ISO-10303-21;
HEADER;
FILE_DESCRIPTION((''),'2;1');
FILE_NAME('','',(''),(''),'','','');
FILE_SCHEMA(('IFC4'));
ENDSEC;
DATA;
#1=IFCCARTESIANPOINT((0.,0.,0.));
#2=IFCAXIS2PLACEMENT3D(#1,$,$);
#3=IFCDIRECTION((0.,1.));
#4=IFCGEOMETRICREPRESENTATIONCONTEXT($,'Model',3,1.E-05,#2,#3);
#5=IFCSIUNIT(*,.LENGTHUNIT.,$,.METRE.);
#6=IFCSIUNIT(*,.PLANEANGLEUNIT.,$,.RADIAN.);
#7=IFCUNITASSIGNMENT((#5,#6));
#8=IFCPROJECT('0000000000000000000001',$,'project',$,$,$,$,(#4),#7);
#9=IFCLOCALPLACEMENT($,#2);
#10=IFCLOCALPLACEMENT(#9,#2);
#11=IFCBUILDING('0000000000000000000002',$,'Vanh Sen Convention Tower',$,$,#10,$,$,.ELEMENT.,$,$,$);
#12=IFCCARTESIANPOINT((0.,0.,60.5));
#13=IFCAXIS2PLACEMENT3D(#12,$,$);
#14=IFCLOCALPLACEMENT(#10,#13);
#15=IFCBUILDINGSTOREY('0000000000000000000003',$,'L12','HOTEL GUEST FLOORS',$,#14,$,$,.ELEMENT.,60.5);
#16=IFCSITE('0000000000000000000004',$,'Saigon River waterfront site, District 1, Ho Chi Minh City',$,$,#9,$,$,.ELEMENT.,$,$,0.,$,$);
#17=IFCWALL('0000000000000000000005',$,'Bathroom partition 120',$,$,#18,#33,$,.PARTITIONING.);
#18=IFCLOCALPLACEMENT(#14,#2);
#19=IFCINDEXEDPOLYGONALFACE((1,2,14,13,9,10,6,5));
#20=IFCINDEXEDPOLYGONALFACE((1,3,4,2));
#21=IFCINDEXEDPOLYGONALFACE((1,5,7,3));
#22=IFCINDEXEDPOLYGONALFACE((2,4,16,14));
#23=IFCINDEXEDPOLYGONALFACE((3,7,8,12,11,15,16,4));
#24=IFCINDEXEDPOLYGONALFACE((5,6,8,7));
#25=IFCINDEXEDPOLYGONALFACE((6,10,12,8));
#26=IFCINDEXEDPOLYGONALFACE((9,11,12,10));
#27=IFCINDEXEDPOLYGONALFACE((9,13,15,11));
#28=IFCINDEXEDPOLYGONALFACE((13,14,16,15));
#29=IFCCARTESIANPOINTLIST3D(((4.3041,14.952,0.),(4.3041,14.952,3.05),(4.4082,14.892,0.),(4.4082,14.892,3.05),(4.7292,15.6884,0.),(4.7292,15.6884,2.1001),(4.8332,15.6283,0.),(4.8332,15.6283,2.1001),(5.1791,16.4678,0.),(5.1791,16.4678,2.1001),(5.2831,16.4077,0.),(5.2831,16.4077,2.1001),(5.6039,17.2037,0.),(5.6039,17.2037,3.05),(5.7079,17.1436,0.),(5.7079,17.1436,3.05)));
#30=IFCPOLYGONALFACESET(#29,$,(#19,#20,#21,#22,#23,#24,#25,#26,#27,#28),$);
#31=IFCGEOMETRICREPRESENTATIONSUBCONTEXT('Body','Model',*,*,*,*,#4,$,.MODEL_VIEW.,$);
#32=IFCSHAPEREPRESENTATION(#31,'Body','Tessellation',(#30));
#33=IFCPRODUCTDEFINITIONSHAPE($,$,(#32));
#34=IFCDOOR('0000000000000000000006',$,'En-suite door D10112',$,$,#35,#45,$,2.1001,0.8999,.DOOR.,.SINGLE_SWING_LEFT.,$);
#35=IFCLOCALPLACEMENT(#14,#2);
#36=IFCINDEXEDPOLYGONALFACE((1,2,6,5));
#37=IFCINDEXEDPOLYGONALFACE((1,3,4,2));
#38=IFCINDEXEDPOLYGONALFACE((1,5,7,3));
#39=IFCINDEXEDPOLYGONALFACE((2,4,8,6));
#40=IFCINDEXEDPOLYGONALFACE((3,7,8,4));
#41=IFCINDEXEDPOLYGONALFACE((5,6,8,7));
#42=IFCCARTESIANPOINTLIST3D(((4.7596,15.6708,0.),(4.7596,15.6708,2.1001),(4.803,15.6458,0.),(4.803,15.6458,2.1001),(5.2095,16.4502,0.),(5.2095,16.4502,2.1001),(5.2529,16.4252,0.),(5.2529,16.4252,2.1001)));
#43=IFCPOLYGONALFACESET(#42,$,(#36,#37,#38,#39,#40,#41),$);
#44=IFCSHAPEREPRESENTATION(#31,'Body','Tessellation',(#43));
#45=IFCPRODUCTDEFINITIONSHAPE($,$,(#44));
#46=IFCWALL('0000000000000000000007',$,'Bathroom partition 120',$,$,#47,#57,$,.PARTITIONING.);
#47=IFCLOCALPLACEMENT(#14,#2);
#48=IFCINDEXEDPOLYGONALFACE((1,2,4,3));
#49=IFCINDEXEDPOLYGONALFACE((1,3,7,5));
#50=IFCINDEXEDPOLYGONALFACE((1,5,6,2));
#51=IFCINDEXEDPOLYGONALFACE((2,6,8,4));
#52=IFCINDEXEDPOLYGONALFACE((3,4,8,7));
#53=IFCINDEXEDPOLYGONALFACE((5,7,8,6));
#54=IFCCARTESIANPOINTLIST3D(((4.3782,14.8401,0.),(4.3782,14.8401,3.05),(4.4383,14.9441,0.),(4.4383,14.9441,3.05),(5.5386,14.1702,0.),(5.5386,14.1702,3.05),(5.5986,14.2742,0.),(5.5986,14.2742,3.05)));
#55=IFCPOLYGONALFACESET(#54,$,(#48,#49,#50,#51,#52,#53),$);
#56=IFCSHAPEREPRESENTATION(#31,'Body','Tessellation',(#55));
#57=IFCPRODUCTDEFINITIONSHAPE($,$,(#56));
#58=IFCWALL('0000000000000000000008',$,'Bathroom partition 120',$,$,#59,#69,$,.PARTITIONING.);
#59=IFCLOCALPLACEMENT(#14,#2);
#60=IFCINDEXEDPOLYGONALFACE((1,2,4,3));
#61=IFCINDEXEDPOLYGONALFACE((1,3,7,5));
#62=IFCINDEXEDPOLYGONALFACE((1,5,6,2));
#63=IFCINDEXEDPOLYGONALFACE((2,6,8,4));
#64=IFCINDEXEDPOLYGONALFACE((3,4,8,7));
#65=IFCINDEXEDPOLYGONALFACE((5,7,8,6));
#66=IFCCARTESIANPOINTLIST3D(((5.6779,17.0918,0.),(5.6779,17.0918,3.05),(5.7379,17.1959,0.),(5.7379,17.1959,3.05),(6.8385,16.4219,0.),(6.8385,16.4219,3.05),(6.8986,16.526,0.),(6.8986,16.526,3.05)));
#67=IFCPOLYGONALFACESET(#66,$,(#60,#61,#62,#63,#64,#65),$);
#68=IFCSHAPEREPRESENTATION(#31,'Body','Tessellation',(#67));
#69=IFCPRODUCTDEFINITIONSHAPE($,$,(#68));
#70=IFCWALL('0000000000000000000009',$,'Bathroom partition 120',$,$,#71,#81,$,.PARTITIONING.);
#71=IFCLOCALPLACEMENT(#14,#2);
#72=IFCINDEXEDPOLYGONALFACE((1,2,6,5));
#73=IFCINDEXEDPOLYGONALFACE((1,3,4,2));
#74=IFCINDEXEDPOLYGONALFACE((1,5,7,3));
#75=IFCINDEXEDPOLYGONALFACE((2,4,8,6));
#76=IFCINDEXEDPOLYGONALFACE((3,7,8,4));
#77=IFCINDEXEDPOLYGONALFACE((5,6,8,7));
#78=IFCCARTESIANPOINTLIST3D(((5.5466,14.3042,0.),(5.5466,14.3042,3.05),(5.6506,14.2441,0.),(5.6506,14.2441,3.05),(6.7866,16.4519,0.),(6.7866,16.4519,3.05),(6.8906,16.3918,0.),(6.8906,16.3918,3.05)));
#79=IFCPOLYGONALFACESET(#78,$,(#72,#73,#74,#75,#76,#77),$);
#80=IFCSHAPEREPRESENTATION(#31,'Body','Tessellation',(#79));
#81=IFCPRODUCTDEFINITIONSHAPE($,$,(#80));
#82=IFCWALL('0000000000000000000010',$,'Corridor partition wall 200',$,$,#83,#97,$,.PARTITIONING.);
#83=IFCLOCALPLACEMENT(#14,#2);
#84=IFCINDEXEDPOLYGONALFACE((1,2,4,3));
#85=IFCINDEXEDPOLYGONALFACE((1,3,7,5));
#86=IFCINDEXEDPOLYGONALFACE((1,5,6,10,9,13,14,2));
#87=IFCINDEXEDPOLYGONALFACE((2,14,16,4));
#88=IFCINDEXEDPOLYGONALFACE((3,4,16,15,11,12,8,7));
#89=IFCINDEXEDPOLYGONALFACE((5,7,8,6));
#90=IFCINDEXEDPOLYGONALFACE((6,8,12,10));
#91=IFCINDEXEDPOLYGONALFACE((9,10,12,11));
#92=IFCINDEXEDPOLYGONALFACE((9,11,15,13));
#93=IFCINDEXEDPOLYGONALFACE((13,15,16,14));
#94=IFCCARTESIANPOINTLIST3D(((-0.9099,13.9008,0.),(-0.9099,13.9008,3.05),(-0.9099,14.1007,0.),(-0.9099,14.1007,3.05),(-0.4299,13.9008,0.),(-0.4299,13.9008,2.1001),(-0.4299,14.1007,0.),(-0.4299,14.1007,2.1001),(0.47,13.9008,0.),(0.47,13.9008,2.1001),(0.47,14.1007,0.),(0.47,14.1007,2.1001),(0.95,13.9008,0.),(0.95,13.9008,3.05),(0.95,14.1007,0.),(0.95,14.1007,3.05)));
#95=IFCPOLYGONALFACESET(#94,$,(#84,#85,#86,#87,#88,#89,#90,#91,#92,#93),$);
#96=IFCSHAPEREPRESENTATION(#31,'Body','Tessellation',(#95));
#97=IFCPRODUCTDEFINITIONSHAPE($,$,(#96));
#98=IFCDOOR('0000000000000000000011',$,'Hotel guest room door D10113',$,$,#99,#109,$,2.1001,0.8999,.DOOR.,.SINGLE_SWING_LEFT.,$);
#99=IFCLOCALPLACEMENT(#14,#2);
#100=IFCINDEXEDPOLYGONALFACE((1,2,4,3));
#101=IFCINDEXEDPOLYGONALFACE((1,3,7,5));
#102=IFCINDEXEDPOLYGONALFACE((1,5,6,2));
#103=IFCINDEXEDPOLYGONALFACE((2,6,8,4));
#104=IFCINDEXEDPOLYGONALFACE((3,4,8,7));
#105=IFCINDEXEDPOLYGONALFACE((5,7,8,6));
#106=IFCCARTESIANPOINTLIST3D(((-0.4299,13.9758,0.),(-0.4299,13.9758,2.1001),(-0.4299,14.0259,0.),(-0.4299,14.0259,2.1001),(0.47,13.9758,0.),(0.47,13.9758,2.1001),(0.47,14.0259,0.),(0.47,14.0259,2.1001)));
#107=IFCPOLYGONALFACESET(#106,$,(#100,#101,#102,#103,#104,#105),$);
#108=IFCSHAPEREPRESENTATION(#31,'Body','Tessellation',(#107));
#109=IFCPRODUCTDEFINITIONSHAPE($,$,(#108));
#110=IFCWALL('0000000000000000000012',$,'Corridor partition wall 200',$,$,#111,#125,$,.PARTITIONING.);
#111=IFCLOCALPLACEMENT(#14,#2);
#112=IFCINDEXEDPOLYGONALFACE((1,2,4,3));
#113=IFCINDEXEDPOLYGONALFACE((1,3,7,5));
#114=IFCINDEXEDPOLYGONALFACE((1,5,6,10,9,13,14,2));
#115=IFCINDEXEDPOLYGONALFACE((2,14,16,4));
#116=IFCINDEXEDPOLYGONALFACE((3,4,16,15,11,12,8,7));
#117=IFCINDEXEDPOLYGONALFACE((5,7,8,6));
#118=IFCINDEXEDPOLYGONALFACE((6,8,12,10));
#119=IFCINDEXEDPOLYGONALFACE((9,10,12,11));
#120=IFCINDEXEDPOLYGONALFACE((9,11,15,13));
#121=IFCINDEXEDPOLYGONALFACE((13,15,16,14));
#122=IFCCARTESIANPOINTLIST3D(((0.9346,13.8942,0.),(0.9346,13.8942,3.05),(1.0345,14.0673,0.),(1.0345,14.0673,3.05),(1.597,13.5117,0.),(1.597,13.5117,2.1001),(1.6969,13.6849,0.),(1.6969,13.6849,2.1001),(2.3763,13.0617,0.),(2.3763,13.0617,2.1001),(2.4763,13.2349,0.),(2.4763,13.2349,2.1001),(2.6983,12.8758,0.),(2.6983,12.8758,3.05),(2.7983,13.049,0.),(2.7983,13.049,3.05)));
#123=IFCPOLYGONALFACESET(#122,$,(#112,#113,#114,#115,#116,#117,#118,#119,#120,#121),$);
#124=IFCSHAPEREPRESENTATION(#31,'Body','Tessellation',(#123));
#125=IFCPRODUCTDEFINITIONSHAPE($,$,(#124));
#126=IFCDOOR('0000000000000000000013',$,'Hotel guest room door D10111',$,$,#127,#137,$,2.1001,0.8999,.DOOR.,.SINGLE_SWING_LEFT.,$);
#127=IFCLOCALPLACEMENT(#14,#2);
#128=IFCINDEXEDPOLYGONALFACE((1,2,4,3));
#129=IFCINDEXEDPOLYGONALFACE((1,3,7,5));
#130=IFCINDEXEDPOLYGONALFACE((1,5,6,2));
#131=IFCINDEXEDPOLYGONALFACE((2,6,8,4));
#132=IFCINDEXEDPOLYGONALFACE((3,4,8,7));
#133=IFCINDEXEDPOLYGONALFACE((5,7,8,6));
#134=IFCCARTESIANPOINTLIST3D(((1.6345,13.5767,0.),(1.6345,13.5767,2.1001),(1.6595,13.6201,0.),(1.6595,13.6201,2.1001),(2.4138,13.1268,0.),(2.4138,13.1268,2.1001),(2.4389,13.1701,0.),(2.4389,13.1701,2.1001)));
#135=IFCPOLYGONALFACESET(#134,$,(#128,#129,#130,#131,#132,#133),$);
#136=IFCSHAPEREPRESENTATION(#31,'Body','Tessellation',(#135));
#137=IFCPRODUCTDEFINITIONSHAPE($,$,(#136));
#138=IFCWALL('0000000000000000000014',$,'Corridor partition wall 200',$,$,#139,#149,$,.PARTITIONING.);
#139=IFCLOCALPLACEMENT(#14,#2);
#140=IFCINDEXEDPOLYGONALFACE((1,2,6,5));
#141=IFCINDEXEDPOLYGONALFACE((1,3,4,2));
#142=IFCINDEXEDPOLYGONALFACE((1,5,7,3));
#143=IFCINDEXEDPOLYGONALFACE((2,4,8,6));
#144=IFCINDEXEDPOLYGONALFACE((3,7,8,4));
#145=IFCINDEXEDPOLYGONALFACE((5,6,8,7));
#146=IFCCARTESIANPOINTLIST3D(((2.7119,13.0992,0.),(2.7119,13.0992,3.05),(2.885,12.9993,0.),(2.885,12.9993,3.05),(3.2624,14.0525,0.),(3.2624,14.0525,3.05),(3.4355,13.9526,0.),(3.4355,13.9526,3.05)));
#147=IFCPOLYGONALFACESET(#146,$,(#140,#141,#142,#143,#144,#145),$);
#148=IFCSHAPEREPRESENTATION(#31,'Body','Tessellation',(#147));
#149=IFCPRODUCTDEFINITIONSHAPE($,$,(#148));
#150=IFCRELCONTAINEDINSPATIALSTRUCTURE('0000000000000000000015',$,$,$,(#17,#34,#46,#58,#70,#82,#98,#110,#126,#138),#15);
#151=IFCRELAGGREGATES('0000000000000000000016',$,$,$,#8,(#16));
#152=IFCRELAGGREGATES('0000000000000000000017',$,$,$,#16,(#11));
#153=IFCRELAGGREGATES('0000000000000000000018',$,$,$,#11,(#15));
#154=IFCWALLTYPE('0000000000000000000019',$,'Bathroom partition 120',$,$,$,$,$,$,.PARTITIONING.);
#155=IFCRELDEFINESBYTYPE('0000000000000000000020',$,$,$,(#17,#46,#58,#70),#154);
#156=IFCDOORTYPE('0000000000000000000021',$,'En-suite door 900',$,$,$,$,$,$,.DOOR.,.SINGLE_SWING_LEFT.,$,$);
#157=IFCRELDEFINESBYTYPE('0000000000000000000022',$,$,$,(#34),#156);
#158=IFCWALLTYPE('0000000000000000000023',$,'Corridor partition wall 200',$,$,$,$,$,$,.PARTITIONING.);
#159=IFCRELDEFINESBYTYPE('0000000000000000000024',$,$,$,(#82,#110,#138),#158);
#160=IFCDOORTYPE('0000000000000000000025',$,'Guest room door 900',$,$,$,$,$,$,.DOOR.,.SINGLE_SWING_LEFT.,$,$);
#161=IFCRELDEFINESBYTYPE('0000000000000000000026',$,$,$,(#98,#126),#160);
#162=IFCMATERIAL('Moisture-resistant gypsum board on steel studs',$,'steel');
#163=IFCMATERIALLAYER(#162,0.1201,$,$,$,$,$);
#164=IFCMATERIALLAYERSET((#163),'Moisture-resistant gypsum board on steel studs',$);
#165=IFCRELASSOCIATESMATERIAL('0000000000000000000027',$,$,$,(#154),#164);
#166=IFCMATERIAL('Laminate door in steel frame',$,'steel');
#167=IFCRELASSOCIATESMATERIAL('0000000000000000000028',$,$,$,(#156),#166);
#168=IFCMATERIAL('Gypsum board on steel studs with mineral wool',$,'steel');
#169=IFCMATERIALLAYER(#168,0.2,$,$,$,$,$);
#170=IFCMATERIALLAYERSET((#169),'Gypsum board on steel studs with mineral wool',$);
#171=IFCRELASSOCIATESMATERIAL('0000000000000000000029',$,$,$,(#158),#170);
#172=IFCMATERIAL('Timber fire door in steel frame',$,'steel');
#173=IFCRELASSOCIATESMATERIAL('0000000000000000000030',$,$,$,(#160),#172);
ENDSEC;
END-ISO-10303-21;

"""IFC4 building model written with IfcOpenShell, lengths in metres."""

from ifc_helpers import new_model, si_unit, direction, frame, frame_2d, origin, place, context, subcontext, project, spatial, rectangle, extrude, material, layer, layer_set, type_object, element, fill, save


model = new_model("IFC4")

# Units and contexts
model_context = context("Model", 3, precision=1e-05, world=origin(), true_north=direction((0.0, 1.0)))
body_context = subcontext(model_context, "Body", "Model", "MODEL_VIEW")
ifc_project = project(units=[si_unit("LENGTHUNIT", "METRE"), si_unit("PLANEANGLEUNIT", "RADIAN")], contexts=[model_context])

# Site, building, storey
site_placement = place(None, origin())
site = spatial("IfcSite", under=ifc_project, at=site_placement, Name="Saigon River waterfront site, District 1, Ho Chi Minh City", CompositionType="ELEMENT", RefElevation=0.0)
building_placement = place(site_placement, origin())
building = spatial("IfcBuilding", under=site, at=building_placement, Name="Vanh Sen Convention Tower", CompositionType="ELEMENT")
storey_placement = place(building_placement, frame((0.0, 0.0, 60.5)))
storey = spatial("IfcBuildingStorey", under=building, at=storey_placement, Name="L12", Description="HOTEL GUEST FLOORS", CompositionType="ELEMENT", Elevation=60.5)

# Wall, opening, door
ifc_material_1 = material(Name="Moisture-resistant gypsum board on steel studs", Category="steel")
ifc_layer_1 = layer(ifc_material_1, 0.1201)
ifc_layer_set_1 = layer_set([ifc_layer_1], Name="Moisture-resistant gypsum board on steel studs")
wall_type_1 = type_object("IfcWallType", Name="Bathroom partition 120", PredefinedType="PARTITIONING", material=ifc_layer_set_1)
wall_1_placement = place(storey_placement, frame((4.3562, 14.9221, 0.0), z_axis=(0.0, 0.0, 1.0), x_axis=(0.499937, 0.866062, 0.0)))
wall_1 = element("IfcWall", 1, at=wall_1_placement, inside=storey, type_object=wall_type_1, Name="Bathroom partition 120", PredefinedType="PARTITIONING", context=body_context, shape_type="SweptSolid", body=[
    extrude(rectangle(XDim=2.5999, YDim=0.1201, at=frame_2d((1.2998, 0.0))), origin(), (0.0, 0.0, 1.0), 3.05),
])
opening_1_placement = place(wall_1_placement, frame((0.8501, 0.0, 0.0)))
opening_1 = element("IfcOpeningElement", 2, at=opening_1_placement, cuts=wall_1, PredefinedType="OPENING", context=body_context, shape_type="SweptSolid", body=[
    extrude(rectangle(XDim=0.8999, YDim=2.1001, at=frame_2d((0.45, 1.05))), frame((0.0, 0.0701, 0.0), z_axis=(0.0, -1.0, 0.0), x_axis=(1.0, 0.0, 0.0)), (0.0, 0.0, 1.0), 0.1401),
])
ifc_material_2 = material(Name="Laminate door in steel frame", Category="steel")
door_type_1 = type_object("IfcDoorType", Name="En-suite door 900", OperationType="SINGLE_SWING_LEFT", PredefinedType="DOOR", material=ifc_material_2)
door_1_placement = place(opening_1_placement, origin())
door_1 = element("IfcDoor", 3, at=door_1_placement, inside=storey, type_object=door_type_1, Name="En-suite door D10112", OperationType="SINGLE_SWING_LEFT", OverallHeight=2.1001, OverallWidth=0.8999, PredefinedType="DOOR", context=body_context, shape_type="SweptSolid", body=[
    extrude(rectangle(XDim=0.8999, YDim=2.1001, at=frame_2d((0.45, 1.05))), frame((0.0, 0.0249, 0.0), z_axis=(0.0, -1.0, 0.0), x_axis=(1.0, 0.0, 0.0)), (0.0, 0.0, 1.0), 0.05),
])
fill(opening_1, door_1)

# Walls
wall_2_placement = place(storey_placement, frame((5.5686, 14.2222, 0.0), z_axis=(0.0, 0.0, 1.0), x_axis=(-0.866037, 0.49998, 0.0)))
element("IfcWall", 4, at=wall_2_placement, inside=storey, type_object=wall_type_1, Name="Bathroom partition 120", PredefinedType="PARTITIONING", context=body_context, shape_type="SweptSolid", body=[
    extrude(rectangle(XDim=1.3398, YDim=0.1201, at=frame_2d((0.6699, 0.0))), origin(), (0.0, 0.0, 1.0), 3.05),
])
wall_3_placement = place(storey_placement, frame((5.708, 17.1438, 0.0), z_axis=(0.0, 0.0, 1.0), x_axis=(0.866082, -0.499901, 0.0)))
element("IfcWall", 5, at=wall_3_placement, inside=storey, type_object=wall_type_1, Name="Bathroom partition 120", PredefinedType="PARTITIONING", context=body_context, shape_type="SweptSolid", body=[
    extrude(rectangle(XDim=1.3401, YDim=0.1201, at=frame_2d((0.6699, 0.0))), origin(), (0.0, 0.0, 1.0), 3.05),
])
wall_4_placement = place(storey_placement, frame((6.8386, 16.4219, 0.0), z_axis=(0.0, 0.0, 1.0), x_axis=(-0.500004, -0.866023, 0.0)))
element("IfcWall", 6, at=wall_4_placement, inside=storey, type_object=wall_type_1, Name="Bathroom partition 120", PredefinedType="PARTITIONING", context=body_context, shape_type="SweptSolid", body=[
    extrude(rectangle(XDim=2.48, YDim=0.1201, at=frame_2d((1.24, 0.0))), origin(), (0.0, 0.0, 1.0), 3.05),
])

# Walls, openings, doors
ifc_material_3 = material(Name="Gypsum board on steel studs with mineral wool", Category="steel")
ifc_layer_2 = layer(ifc_material_3, 0.2)
ifc_layer_set_2 = layer_set([ifc_layer_2], Name="Gypsum board on steel studs with mineral wool")
wall_type_2 = type_object("IfcWallType", Name="Corridor partition wall 200", PredefinedType="PARTITIONING", material=ifc_layer_set_2)
wall_5_placement = place(storey_placement, frame((0.95, 14.0007, 0.0), z_axis=(0.0, 0.0, 1.0), x_axis=(-1.0, 0.0, 0.0)))
wall_5 = element("IfcWall", 7, at=wall_5_placement, inside=storey, type_object=wall_type_2, Name="Corridor partition wall 200", PredefinedType="PARTITIONING", context=body_context, shape_type="SweptSolid", body=[
    extrude(rectangle(XDim=1.8599, YDim=0.2, at=frame_2d((0.9299, 0.0))), origin(), (0.0, 0.0, 1.0), 3.05),
])
opening_2_placement = place(wall_5_placement, frame((0.48, 0.0, 0.0)))
opening_2 = element("IfcOpeningElement", 8, at=opening_2_placement, cuts=wall_5, PredefinedType="OPENING", context=body_context, shape_type="SweptSolid", body=[
    extrude(rectangle(XDim=0.8999, YDim=2.1001, at=frame_2d((0.45, 1.05))), frame((0.0, 0.1099, 0.0), z_axis=(0.0, -1.0, 0.0), x_axis=(1.0, 0.0, 0.0)), (0.0, 0.0, 1.0), 0.22),
])
ifc_material_4 = material(Name="Timber fire door in steel frame", Category="steel")
door_type_2 = type_object("IfcDoorType", Name="Guest room door 900", OperationType="SINGLE_SWING_LEFT", PredefinedType="DOOR", material=ifc_material_4)
door_2_placement = place(opening_2_placement, origin())
door_2 = element("IfcDoor", 9, at=door_2_placement, inside=storey, type_object=door_type_2, Name="Hotel guest room door D10113", OperationType="SINGLE_SWING_LEFT", OverallHeight=2.1001, OverallWidth=0.8999, PredefinedType="DOOR", context=body_context, shape_type="SweptSolid", body=[
    extrude(rectangle(XDim=0.8999, YDim=2.1001, at=frame_2d((0.45, 1.05))), frame((0.0, 0.0249, 0.0), z_axis=(0.0, -1.0, 0.0), x_axis=(1.0, 0.0, 0.0)), (0.0, 0.0, 1.0), 0.05),
])
fill(opening_2, door_2)
wall_6_placement = place(storey_placement, frame((2.7483, 12.9624, 0.0), z_axis=(0.0, 0.0, 1.0), x_axis=(-0.866014, 0.50002, 0.0)))
wall_6 = element("IfcWall", 10, at=wall_6_placement, inside=storey, type_object=wall_type_2, Name="Corridor partition wall 200", PredefinedType="PARTITIONING", context=body_context, shape_type="SweptSolid", body=[
    extrude(rectangle(XDim=2.0366, YDim=0.2, at=frame_2d((1.0183, 0.0))), origin(), (0.0, 0.0, 1.0), 3.05),
])
opening_3_placement = place(wall_6_placement, frame((0.3718, 0.0, 0.0)))
opening_3 = element("IfcOpeningElement", 11, at=opening_3_placement, cuts=wall_6, PredefinedType="OPENING", context=body_context, shape_type="SweptSolid", body=[
    extrude(rectangle(XDim=0.8999, YDim=2.1001, at=frame_2d((0.45, 1.05))), frame((0.0, 0.1099, 0.0), z_axis=(0.0, -1.0, 0.0), x_axis=(1.0, 0.0, 0.0)), (0.0, 0.0, 1.0), 0.22),
])
door_3_placement = place(opening_3_placement, origin())
door_3 = element("IfcDoor", 12, at=door_3_placement, inside=storey, type_object=door_type_2, Name="Hotel guest room door D10111", OperationType="SINGLE_SWING_LEFT", OverallHeight=2.1001, OverallWidth=0.8999, PredefinedType="DOOR", context=body_context, shape_type="SweptSolid", body=[
    extrude(rectangle(XDim=0.8999, YDim=2.1001, at=frame_2d((0.45, 1.05))), frame((0.0, 0.0249, 0.0), z_axis=(0.0, -1.0, 0.0), x_axis=(1.0, 0.0, 0.0)), (0.0, 0.0, 1.0), 0.05),
])
fill(opening_3, door_3)

# Wall
wall_7_placement = place(storey_placement, frame((3.3489, 14.0024, 0.0), z_axis=(0.0, 0.0, 1.0), x_axis=(-0.500074, -0.865982, 0.0)))
element("IfcWall", 13, at=wall_7_placement, inside=storey, type_object=wall_type_2, Name="Corridor partition wall 200", PredefinedType="PARTITIONING", context=body_context, shape_type="SweptSolid", body=[
    extrude(rectangle(XDim=1.1008, YDim=0.2, at=frame_2d((0.5503, 0.0))), origin(), (0.0, 0.0, 1.0), 3.05),
])

save(model, "model.ifc")
